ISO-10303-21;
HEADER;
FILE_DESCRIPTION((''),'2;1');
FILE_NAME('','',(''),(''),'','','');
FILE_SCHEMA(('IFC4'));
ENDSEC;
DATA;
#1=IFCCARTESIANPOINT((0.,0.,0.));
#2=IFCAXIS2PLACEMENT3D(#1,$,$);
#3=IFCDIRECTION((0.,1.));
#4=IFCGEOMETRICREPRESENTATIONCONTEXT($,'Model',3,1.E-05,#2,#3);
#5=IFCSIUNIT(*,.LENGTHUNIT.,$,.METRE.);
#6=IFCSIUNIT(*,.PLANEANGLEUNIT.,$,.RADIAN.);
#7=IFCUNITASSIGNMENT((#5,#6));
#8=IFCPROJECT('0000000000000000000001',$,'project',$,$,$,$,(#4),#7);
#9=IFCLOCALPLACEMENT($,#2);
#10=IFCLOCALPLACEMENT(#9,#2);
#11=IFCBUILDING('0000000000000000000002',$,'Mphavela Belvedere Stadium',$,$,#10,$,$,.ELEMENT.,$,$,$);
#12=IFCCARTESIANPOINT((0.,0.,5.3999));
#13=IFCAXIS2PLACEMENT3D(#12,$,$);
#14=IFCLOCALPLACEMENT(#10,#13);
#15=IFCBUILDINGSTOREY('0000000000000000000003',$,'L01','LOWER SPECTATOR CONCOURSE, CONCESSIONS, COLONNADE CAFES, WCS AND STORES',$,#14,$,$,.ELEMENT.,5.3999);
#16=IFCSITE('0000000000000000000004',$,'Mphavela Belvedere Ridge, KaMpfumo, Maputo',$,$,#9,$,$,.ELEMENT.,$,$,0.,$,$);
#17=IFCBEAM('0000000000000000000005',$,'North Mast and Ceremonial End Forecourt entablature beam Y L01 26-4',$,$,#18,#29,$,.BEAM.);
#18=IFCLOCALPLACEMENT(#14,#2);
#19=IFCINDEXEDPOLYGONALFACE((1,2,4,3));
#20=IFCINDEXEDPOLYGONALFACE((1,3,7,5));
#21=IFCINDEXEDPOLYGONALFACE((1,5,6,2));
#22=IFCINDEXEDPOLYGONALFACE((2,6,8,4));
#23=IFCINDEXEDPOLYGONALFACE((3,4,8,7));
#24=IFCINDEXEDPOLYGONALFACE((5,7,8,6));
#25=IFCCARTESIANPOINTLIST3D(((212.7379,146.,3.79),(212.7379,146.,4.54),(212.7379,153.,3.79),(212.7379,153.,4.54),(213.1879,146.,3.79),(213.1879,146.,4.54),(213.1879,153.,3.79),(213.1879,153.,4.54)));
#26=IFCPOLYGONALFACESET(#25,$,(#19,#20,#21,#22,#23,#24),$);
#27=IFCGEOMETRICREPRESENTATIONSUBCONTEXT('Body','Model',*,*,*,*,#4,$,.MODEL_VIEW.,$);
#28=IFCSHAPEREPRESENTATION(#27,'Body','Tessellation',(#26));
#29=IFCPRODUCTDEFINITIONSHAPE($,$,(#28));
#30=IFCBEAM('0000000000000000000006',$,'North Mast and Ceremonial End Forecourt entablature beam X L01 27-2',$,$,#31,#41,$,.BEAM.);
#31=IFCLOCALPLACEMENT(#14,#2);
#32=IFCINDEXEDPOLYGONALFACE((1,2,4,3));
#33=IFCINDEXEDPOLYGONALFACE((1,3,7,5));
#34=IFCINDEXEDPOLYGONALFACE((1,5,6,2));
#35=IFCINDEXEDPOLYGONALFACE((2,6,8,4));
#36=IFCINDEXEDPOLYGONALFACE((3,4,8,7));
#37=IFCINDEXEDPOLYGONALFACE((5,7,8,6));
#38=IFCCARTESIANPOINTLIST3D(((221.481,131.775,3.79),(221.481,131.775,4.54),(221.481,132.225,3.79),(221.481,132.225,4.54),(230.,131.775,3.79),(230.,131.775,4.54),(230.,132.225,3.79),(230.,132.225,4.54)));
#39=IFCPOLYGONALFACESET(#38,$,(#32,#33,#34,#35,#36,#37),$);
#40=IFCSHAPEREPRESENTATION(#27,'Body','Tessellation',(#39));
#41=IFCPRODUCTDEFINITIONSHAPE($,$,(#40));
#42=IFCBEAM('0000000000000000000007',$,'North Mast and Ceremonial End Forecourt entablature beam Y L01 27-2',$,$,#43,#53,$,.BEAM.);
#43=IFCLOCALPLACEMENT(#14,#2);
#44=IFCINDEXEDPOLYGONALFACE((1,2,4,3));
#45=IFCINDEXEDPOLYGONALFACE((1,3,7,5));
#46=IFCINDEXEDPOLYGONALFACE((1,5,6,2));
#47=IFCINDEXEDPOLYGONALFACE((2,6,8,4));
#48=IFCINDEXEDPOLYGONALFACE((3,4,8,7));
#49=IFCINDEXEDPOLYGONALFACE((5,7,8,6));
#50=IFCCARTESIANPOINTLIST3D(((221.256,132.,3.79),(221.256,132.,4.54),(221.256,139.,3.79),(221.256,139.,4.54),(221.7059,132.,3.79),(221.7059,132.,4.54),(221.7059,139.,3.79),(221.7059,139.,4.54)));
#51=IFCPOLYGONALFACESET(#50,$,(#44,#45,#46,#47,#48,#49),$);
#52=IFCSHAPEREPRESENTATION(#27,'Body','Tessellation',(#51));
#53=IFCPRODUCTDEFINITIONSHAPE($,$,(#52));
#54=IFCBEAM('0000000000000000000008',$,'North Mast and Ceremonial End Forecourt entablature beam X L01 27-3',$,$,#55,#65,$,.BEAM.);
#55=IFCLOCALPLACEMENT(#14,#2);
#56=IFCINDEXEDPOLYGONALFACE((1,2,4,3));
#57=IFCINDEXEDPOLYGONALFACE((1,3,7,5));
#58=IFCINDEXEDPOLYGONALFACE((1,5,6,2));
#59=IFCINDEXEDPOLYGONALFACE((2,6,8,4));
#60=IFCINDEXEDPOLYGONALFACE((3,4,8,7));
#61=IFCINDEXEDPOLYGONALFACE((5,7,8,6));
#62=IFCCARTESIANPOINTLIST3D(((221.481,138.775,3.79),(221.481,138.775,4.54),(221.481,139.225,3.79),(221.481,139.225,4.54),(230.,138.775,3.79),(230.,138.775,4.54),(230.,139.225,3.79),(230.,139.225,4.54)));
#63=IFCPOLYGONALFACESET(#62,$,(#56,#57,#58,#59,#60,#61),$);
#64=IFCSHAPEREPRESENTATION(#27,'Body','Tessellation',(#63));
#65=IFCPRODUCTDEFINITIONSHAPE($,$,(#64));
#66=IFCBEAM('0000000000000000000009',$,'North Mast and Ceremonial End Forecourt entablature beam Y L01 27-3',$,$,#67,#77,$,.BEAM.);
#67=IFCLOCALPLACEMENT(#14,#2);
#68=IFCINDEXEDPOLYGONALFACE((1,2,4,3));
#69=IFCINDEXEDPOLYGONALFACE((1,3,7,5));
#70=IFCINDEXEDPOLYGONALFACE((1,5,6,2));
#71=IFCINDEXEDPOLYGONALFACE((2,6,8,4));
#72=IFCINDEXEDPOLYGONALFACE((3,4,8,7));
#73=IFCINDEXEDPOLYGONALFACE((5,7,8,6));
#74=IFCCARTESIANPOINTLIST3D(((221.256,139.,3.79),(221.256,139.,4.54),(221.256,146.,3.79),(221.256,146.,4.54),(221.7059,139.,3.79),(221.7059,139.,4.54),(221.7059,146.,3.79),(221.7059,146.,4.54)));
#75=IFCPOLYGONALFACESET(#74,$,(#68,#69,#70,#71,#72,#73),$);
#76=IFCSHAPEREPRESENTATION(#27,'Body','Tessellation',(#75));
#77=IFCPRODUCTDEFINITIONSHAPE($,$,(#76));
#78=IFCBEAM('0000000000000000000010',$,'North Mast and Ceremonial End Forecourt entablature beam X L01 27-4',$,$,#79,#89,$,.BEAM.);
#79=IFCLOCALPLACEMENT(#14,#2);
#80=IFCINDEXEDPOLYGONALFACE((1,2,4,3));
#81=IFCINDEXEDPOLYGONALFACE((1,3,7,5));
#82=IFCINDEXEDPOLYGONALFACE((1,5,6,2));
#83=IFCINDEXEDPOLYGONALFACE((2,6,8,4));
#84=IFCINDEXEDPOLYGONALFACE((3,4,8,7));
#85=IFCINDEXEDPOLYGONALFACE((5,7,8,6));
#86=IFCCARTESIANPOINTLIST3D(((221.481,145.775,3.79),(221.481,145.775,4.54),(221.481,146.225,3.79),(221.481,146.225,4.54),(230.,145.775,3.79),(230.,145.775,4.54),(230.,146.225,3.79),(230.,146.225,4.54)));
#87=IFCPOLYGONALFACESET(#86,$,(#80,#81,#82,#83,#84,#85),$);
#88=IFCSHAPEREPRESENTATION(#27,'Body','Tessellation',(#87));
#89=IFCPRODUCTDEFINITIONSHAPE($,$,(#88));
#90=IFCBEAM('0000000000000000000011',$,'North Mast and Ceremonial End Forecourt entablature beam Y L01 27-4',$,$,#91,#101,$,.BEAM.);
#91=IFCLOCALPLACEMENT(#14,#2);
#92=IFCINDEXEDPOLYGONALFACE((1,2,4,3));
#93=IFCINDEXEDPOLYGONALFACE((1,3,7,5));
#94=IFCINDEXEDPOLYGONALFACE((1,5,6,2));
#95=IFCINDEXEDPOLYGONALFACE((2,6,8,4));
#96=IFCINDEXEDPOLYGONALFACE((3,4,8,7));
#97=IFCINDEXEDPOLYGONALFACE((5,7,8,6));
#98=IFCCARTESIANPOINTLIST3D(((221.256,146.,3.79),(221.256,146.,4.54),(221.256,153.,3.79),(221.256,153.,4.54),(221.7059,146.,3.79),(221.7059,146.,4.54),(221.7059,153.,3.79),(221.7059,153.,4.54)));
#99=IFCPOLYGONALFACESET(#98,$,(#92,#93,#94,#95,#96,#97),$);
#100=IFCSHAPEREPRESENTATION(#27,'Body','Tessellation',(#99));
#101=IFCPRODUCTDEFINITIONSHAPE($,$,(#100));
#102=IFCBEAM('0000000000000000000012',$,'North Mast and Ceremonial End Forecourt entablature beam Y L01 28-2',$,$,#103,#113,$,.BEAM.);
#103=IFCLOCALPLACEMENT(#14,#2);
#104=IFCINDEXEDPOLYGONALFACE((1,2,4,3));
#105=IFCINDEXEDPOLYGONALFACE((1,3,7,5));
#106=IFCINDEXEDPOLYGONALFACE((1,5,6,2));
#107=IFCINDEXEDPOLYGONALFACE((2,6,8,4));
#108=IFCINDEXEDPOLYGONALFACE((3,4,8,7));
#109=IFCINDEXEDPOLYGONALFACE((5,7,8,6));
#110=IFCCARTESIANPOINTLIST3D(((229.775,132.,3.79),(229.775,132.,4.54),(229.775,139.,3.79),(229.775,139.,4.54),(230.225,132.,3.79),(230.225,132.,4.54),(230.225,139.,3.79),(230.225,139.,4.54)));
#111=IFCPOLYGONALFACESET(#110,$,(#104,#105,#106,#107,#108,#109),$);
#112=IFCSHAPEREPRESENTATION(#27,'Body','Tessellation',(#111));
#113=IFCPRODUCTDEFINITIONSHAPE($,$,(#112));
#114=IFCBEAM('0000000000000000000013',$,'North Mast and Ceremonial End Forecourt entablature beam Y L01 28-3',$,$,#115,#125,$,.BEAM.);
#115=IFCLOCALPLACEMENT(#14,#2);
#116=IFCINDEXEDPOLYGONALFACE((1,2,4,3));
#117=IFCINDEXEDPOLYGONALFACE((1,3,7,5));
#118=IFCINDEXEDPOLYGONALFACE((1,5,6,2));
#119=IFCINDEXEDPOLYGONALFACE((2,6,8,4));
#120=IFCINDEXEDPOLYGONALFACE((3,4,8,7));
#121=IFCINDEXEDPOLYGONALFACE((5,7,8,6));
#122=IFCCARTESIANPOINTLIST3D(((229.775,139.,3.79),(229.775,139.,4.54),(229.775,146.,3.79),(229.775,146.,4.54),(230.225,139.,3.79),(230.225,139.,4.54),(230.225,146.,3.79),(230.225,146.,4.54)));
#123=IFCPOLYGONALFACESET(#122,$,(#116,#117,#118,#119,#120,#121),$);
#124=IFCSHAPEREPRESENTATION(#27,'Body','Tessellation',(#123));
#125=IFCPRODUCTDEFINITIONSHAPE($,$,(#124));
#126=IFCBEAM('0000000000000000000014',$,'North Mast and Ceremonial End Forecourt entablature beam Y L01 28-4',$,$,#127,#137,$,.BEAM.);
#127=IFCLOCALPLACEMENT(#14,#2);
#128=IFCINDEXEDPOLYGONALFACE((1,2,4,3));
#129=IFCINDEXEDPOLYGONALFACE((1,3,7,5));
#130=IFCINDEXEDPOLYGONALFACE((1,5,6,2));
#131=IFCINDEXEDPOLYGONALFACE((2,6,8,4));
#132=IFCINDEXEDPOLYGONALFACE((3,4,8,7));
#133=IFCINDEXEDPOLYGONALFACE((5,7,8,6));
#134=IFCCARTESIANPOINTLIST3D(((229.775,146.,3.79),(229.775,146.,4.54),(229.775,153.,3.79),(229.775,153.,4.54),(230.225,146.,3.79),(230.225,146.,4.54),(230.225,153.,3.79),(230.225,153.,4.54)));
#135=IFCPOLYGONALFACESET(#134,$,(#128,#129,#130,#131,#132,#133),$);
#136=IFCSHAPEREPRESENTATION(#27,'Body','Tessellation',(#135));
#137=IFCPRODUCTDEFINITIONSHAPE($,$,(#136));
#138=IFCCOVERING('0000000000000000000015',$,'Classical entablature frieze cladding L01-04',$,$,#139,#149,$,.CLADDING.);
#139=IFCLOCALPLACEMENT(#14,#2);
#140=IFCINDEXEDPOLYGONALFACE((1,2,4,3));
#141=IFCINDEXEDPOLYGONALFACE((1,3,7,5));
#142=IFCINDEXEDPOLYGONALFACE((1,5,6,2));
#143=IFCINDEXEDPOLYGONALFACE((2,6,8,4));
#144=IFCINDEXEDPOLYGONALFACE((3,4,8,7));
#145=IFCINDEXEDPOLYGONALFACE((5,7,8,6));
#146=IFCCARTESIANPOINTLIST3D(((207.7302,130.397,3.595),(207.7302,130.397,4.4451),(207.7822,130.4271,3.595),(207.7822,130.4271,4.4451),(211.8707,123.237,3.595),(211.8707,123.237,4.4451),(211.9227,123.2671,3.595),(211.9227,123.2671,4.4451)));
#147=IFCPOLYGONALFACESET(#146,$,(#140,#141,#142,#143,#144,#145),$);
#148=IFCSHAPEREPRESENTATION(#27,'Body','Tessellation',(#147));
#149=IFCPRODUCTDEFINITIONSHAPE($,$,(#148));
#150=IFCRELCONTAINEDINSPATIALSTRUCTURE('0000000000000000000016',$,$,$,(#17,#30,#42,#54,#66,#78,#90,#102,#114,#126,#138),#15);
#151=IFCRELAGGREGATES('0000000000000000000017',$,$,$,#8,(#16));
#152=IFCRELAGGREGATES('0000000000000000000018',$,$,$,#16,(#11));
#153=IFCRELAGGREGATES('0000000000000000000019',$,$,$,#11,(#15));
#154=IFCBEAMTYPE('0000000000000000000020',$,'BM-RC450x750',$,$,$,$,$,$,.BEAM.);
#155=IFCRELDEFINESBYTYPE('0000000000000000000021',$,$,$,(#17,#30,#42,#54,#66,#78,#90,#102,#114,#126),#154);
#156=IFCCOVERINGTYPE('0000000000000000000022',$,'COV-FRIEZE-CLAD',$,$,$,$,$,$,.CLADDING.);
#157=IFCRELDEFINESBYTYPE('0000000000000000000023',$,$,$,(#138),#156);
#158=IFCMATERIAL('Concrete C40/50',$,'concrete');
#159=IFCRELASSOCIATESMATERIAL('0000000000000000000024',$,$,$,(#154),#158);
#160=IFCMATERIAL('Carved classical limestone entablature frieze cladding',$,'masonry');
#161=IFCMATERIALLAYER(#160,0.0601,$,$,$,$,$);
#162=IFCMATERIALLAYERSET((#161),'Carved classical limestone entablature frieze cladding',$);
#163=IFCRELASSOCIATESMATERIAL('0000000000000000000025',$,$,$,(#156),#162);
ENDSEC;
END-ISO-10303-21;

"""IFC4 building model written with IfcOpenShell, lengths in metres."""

from ifc_helpers import new_model, si_unit, direction, frame, origin, origin_2d, place, context, subcontext, project, spatial, rectangle, extrude, material, layer, layer_set, material_profile, profile_set, type_object, element, save


model = new_model("IFC4")

# Units and contexts
model_context = context("Model", 3, precision=1e-05, world=origin(), true_north=direction((0.0, 1.0)))
body_context = subcontext(model_context, "Body", "Model", "MODEL_VIEW")
ifc_project = project(units=[si_unit("LENGTHUNIT", "METRE"), si_unit("PLANEANGLEUNIT", "RADIAN")], contexts=[model_context])

# Site, building, storey
site_placement = place(None, origin())
site = spatial("IfcSite", under=ifc_project, at=site_placement, Name="Mphavela Belvedere Ridge, KaMpfumo, Maputo", CompositionType="ELEMENT", RefElevation=0.0)
building_placement = place(site_placement, origin())
building = spatial("IfcBuilding", under=site, at=building_placement, Name="Mphavela Belvedere Stadium", CompositionType="ELEMENT")
storey_placement = place(building_placement, frame((0.0, 0.0, 5.3999)))
storey = spatial("IfcBuildingStorey", under=building, at=storey_placement, Name="L01", Description="LOWER SPECTATOR CONCOURSE, CONCESSIONS, COLONNADE CAFES, WCS AND STORES", CompositionType="ELEMENT", Elevation=5.3999)

# Beams
ifc_material_1 = material(Name="Concrete C40/50", Category="concrete")
ifc_material_profile_1 = material_profile(ifc_material_1, rectangle(XDim=0.45, YDim=0.75, at=origin_2d()), Name="RC 450x750")
ifc_profile_set_1 = profile_set([ifc_material_profile_1], Name="Concrete C40/50")
beam_type_1 = type_object("IfcBeamType", Name="BM-RC450x750", PredefinedType="BEAM", material=ifc_profile_set_1)
beam_1_placement = place(storey_placement, frame((212.9629, 146.0, 4.165), z_axis=(0.0, 1.0, 0.0), x_axis=(-1.0, 0.0, 0.0)))
element("IfcBeam", 1, at=beam_1_placement, inside=storey, type_object=beam_type_1, Name="North Mast and Ceremonial End Forecourt entablature beam Y L01 26-4", PredefinedType="BEAM", context=body_context, shape_type="SweptSolid", body=[
    extrude(rectangle(XDim=0.45, YDim=0.75, at=origin_2d()), origin(), (0.0, 0.0, 1.0), 7.0),
])
beam_2_placement = place(storey_placement, frame((221.481, 132.0, 4.165), z_axis=(1.0, 0.0, 0.0), x_axis=(0.0, 1.0, 0.0)))
element("IfcBeam", 2, at=beam_2_placement, inside=storey, type_object=beam_type_1, Name="North Mast and Ceremonial End Forecourt entablature beam X L01 27-2", PredefinedType="BEAM", context=body_context, shape_type="SweptSolid", body=[
    extrude(rectangle(XDim=0.45, YDim=0.75, at=origin_2d()), origin(), (0.0, 0.0, 1.0), 8.519),
])
beam_3_placement = place(storey_placement, frame((221.481, 132.0, 4.165), z_axis=(0.0, 1.0, 0.0), x_axis=(-1.0, 0.0, 0.0)))
element("IfcBeam", 3, at=beam_3_placement, inside=storey, type_object=beam_type_1, Name="North Mast and Ceremonial End Forecourt entablature beam Y L01 27-2", PredefinedType="BEAM", context=body_context, shape_type="SweptSolid", body=[
    extrude(rectangle(XDim=0.45, YDim=0.75, at=origin_2d()), origin(), (0.0, 0.0, 1.0), 7.0),
])
beam_4_placement = place(storey_placement, frame((221.481, 139.0, 4.165), z_axis=(1.0, 0.0, 0.0), x_axis=(0.0, 1.0, 0.0)))
element("IfcBeam", 4, at=beam_4_placement, inside=storey, type_object=beam_type_1, Name="North Mast and Ceremonial End Forecourt entablature beam X L01 27-3", PredefinedType="BEAM", context=body_context, shape_type="SweptSolid", body=[
    extrude(rectangle(XDim=0.45, YDim=0.75, at=origin_2d()), origin(), (0.0, 0.0, 1.0), 8.519),
])
beam_5_placement = place(storey_placement, frame((221.481, 139.0, 4.165), z_axis=(0.0, 1.0, 0.0), x_axis=(-1.0, 0.0, 0.0)))
element("IfcBeam", 5, at=beam_5_placement, inside=storey, type_object=beam_type_1, Name="North Mast and Ceremonial End Forecourt entablature beam Y L01 27-3", PredefinedType="BEAM", context=body_context, shape_type="SweptSolid", body=[
    extrude(rectangle(XDim=0.45, YDim=0.75, at=origin_2d()), origin(), (0.0, 0.0, 1.0), 7.0),
])
beam_6_placement = place(storey_placement, frame((221.481, 146.0, 4.165), z_axis=(1.0, 0.0, 0.0), x_axis=(0.0, 1.0, 0.0)))
element("IfcBeam", 6, at=beam_6_placement, inside=storey, type_object=beam_type_1, Name="North Mast and Ceremonial End Forecourt entablature beam X L01 27-4", PredefinedType="BEAM", context=body_context, shape_type="SweptSolid", body=[
    extrude(rectangle(XDim=0.45, YDim=0.75, at=origin_2d()), origin(), (0.0, 0.0, 1.0), 8.519),
])
for number, where, z_axis, x_axis, name in (
    (7, (221.481, 146.0, 4.165), (0.0, 1.0, 0.0), (-1.0, 0.0, 0.0), "North Mast and Ceremonial End Forecourt entablature beam Y L01 27-4"),
    (8, (230.0, 132.0, 4.165), (0.0, 1.0, 0.0), (-1.0, 0.0, 0.0), "North Mast and Ceremonial End Forecourt entablature beam Y L01 28-2"),
    (9, (230.0, 139.0, 4.165), (0.0, 1.0, 0.0), (-1.0, 0.0, 0.0), "North Mast and Ceremonial End Forecourt entablature beam Y L01 28-3"),
    (10, (230.0, 146.0, 4.165), (0.0, 1.0, 0.0), (-1.0, 0.0, 0.0), "North Mast and Ceremonial End Forecourt entablature beam Y L01 28-4"),
):
    element("IfcBeam", number, at=place(storey_placement, frame(where, z_axis=z_axis, x_axis=x_axis)), inside=storey, type_object=beam_type_1, Name=name, PredefinedType="BEAM", context=body_context, shape_type="SweptSolid", body=[
        extrude(rectangle(XDim=0.45, YDim=0.75, at=origin_2d()), origin(), (0.0, 0.0, 1.0), 7.0),
    ])

# Covering
ifc_material_2 = material(Name="Carved classical limestone entablature frieze cladding", Category="masonry")
ifc_layer = layer(ifc_material_2, 0.0601)
ifc_layer_set = layer_set([ifc_layer], Name="Carved classical limestone entablature frieze cladding")
covering_type = type_object("IfcCoveringType", Name="COV-FRIEZE-CLAD", PredefinedType="CLADDING", material=ifc_layer_set)
covering_placement = place(storey_placement, frame((209.8264, 126.832, 3.595), z_axis=(0.0, 0.0, 1.0), x_axis=(-0.500604, 0.865676, 0.0)))
element("IfcCovering", 11, at=covering_placement, inside=storey, type_object=covering_type, Name="Classical entablature frieze cladding L01-04", PredefinedType="CLADDING", context=body_context, shape_type="SweptSolid", body=[
    extrude(rectangle(XDim=8.271, YDim=0.0601, at=origin_2d()), origin(), (0.0, 0.0, 1.0), 0.8501),
])

save(model, "model.ifc")
